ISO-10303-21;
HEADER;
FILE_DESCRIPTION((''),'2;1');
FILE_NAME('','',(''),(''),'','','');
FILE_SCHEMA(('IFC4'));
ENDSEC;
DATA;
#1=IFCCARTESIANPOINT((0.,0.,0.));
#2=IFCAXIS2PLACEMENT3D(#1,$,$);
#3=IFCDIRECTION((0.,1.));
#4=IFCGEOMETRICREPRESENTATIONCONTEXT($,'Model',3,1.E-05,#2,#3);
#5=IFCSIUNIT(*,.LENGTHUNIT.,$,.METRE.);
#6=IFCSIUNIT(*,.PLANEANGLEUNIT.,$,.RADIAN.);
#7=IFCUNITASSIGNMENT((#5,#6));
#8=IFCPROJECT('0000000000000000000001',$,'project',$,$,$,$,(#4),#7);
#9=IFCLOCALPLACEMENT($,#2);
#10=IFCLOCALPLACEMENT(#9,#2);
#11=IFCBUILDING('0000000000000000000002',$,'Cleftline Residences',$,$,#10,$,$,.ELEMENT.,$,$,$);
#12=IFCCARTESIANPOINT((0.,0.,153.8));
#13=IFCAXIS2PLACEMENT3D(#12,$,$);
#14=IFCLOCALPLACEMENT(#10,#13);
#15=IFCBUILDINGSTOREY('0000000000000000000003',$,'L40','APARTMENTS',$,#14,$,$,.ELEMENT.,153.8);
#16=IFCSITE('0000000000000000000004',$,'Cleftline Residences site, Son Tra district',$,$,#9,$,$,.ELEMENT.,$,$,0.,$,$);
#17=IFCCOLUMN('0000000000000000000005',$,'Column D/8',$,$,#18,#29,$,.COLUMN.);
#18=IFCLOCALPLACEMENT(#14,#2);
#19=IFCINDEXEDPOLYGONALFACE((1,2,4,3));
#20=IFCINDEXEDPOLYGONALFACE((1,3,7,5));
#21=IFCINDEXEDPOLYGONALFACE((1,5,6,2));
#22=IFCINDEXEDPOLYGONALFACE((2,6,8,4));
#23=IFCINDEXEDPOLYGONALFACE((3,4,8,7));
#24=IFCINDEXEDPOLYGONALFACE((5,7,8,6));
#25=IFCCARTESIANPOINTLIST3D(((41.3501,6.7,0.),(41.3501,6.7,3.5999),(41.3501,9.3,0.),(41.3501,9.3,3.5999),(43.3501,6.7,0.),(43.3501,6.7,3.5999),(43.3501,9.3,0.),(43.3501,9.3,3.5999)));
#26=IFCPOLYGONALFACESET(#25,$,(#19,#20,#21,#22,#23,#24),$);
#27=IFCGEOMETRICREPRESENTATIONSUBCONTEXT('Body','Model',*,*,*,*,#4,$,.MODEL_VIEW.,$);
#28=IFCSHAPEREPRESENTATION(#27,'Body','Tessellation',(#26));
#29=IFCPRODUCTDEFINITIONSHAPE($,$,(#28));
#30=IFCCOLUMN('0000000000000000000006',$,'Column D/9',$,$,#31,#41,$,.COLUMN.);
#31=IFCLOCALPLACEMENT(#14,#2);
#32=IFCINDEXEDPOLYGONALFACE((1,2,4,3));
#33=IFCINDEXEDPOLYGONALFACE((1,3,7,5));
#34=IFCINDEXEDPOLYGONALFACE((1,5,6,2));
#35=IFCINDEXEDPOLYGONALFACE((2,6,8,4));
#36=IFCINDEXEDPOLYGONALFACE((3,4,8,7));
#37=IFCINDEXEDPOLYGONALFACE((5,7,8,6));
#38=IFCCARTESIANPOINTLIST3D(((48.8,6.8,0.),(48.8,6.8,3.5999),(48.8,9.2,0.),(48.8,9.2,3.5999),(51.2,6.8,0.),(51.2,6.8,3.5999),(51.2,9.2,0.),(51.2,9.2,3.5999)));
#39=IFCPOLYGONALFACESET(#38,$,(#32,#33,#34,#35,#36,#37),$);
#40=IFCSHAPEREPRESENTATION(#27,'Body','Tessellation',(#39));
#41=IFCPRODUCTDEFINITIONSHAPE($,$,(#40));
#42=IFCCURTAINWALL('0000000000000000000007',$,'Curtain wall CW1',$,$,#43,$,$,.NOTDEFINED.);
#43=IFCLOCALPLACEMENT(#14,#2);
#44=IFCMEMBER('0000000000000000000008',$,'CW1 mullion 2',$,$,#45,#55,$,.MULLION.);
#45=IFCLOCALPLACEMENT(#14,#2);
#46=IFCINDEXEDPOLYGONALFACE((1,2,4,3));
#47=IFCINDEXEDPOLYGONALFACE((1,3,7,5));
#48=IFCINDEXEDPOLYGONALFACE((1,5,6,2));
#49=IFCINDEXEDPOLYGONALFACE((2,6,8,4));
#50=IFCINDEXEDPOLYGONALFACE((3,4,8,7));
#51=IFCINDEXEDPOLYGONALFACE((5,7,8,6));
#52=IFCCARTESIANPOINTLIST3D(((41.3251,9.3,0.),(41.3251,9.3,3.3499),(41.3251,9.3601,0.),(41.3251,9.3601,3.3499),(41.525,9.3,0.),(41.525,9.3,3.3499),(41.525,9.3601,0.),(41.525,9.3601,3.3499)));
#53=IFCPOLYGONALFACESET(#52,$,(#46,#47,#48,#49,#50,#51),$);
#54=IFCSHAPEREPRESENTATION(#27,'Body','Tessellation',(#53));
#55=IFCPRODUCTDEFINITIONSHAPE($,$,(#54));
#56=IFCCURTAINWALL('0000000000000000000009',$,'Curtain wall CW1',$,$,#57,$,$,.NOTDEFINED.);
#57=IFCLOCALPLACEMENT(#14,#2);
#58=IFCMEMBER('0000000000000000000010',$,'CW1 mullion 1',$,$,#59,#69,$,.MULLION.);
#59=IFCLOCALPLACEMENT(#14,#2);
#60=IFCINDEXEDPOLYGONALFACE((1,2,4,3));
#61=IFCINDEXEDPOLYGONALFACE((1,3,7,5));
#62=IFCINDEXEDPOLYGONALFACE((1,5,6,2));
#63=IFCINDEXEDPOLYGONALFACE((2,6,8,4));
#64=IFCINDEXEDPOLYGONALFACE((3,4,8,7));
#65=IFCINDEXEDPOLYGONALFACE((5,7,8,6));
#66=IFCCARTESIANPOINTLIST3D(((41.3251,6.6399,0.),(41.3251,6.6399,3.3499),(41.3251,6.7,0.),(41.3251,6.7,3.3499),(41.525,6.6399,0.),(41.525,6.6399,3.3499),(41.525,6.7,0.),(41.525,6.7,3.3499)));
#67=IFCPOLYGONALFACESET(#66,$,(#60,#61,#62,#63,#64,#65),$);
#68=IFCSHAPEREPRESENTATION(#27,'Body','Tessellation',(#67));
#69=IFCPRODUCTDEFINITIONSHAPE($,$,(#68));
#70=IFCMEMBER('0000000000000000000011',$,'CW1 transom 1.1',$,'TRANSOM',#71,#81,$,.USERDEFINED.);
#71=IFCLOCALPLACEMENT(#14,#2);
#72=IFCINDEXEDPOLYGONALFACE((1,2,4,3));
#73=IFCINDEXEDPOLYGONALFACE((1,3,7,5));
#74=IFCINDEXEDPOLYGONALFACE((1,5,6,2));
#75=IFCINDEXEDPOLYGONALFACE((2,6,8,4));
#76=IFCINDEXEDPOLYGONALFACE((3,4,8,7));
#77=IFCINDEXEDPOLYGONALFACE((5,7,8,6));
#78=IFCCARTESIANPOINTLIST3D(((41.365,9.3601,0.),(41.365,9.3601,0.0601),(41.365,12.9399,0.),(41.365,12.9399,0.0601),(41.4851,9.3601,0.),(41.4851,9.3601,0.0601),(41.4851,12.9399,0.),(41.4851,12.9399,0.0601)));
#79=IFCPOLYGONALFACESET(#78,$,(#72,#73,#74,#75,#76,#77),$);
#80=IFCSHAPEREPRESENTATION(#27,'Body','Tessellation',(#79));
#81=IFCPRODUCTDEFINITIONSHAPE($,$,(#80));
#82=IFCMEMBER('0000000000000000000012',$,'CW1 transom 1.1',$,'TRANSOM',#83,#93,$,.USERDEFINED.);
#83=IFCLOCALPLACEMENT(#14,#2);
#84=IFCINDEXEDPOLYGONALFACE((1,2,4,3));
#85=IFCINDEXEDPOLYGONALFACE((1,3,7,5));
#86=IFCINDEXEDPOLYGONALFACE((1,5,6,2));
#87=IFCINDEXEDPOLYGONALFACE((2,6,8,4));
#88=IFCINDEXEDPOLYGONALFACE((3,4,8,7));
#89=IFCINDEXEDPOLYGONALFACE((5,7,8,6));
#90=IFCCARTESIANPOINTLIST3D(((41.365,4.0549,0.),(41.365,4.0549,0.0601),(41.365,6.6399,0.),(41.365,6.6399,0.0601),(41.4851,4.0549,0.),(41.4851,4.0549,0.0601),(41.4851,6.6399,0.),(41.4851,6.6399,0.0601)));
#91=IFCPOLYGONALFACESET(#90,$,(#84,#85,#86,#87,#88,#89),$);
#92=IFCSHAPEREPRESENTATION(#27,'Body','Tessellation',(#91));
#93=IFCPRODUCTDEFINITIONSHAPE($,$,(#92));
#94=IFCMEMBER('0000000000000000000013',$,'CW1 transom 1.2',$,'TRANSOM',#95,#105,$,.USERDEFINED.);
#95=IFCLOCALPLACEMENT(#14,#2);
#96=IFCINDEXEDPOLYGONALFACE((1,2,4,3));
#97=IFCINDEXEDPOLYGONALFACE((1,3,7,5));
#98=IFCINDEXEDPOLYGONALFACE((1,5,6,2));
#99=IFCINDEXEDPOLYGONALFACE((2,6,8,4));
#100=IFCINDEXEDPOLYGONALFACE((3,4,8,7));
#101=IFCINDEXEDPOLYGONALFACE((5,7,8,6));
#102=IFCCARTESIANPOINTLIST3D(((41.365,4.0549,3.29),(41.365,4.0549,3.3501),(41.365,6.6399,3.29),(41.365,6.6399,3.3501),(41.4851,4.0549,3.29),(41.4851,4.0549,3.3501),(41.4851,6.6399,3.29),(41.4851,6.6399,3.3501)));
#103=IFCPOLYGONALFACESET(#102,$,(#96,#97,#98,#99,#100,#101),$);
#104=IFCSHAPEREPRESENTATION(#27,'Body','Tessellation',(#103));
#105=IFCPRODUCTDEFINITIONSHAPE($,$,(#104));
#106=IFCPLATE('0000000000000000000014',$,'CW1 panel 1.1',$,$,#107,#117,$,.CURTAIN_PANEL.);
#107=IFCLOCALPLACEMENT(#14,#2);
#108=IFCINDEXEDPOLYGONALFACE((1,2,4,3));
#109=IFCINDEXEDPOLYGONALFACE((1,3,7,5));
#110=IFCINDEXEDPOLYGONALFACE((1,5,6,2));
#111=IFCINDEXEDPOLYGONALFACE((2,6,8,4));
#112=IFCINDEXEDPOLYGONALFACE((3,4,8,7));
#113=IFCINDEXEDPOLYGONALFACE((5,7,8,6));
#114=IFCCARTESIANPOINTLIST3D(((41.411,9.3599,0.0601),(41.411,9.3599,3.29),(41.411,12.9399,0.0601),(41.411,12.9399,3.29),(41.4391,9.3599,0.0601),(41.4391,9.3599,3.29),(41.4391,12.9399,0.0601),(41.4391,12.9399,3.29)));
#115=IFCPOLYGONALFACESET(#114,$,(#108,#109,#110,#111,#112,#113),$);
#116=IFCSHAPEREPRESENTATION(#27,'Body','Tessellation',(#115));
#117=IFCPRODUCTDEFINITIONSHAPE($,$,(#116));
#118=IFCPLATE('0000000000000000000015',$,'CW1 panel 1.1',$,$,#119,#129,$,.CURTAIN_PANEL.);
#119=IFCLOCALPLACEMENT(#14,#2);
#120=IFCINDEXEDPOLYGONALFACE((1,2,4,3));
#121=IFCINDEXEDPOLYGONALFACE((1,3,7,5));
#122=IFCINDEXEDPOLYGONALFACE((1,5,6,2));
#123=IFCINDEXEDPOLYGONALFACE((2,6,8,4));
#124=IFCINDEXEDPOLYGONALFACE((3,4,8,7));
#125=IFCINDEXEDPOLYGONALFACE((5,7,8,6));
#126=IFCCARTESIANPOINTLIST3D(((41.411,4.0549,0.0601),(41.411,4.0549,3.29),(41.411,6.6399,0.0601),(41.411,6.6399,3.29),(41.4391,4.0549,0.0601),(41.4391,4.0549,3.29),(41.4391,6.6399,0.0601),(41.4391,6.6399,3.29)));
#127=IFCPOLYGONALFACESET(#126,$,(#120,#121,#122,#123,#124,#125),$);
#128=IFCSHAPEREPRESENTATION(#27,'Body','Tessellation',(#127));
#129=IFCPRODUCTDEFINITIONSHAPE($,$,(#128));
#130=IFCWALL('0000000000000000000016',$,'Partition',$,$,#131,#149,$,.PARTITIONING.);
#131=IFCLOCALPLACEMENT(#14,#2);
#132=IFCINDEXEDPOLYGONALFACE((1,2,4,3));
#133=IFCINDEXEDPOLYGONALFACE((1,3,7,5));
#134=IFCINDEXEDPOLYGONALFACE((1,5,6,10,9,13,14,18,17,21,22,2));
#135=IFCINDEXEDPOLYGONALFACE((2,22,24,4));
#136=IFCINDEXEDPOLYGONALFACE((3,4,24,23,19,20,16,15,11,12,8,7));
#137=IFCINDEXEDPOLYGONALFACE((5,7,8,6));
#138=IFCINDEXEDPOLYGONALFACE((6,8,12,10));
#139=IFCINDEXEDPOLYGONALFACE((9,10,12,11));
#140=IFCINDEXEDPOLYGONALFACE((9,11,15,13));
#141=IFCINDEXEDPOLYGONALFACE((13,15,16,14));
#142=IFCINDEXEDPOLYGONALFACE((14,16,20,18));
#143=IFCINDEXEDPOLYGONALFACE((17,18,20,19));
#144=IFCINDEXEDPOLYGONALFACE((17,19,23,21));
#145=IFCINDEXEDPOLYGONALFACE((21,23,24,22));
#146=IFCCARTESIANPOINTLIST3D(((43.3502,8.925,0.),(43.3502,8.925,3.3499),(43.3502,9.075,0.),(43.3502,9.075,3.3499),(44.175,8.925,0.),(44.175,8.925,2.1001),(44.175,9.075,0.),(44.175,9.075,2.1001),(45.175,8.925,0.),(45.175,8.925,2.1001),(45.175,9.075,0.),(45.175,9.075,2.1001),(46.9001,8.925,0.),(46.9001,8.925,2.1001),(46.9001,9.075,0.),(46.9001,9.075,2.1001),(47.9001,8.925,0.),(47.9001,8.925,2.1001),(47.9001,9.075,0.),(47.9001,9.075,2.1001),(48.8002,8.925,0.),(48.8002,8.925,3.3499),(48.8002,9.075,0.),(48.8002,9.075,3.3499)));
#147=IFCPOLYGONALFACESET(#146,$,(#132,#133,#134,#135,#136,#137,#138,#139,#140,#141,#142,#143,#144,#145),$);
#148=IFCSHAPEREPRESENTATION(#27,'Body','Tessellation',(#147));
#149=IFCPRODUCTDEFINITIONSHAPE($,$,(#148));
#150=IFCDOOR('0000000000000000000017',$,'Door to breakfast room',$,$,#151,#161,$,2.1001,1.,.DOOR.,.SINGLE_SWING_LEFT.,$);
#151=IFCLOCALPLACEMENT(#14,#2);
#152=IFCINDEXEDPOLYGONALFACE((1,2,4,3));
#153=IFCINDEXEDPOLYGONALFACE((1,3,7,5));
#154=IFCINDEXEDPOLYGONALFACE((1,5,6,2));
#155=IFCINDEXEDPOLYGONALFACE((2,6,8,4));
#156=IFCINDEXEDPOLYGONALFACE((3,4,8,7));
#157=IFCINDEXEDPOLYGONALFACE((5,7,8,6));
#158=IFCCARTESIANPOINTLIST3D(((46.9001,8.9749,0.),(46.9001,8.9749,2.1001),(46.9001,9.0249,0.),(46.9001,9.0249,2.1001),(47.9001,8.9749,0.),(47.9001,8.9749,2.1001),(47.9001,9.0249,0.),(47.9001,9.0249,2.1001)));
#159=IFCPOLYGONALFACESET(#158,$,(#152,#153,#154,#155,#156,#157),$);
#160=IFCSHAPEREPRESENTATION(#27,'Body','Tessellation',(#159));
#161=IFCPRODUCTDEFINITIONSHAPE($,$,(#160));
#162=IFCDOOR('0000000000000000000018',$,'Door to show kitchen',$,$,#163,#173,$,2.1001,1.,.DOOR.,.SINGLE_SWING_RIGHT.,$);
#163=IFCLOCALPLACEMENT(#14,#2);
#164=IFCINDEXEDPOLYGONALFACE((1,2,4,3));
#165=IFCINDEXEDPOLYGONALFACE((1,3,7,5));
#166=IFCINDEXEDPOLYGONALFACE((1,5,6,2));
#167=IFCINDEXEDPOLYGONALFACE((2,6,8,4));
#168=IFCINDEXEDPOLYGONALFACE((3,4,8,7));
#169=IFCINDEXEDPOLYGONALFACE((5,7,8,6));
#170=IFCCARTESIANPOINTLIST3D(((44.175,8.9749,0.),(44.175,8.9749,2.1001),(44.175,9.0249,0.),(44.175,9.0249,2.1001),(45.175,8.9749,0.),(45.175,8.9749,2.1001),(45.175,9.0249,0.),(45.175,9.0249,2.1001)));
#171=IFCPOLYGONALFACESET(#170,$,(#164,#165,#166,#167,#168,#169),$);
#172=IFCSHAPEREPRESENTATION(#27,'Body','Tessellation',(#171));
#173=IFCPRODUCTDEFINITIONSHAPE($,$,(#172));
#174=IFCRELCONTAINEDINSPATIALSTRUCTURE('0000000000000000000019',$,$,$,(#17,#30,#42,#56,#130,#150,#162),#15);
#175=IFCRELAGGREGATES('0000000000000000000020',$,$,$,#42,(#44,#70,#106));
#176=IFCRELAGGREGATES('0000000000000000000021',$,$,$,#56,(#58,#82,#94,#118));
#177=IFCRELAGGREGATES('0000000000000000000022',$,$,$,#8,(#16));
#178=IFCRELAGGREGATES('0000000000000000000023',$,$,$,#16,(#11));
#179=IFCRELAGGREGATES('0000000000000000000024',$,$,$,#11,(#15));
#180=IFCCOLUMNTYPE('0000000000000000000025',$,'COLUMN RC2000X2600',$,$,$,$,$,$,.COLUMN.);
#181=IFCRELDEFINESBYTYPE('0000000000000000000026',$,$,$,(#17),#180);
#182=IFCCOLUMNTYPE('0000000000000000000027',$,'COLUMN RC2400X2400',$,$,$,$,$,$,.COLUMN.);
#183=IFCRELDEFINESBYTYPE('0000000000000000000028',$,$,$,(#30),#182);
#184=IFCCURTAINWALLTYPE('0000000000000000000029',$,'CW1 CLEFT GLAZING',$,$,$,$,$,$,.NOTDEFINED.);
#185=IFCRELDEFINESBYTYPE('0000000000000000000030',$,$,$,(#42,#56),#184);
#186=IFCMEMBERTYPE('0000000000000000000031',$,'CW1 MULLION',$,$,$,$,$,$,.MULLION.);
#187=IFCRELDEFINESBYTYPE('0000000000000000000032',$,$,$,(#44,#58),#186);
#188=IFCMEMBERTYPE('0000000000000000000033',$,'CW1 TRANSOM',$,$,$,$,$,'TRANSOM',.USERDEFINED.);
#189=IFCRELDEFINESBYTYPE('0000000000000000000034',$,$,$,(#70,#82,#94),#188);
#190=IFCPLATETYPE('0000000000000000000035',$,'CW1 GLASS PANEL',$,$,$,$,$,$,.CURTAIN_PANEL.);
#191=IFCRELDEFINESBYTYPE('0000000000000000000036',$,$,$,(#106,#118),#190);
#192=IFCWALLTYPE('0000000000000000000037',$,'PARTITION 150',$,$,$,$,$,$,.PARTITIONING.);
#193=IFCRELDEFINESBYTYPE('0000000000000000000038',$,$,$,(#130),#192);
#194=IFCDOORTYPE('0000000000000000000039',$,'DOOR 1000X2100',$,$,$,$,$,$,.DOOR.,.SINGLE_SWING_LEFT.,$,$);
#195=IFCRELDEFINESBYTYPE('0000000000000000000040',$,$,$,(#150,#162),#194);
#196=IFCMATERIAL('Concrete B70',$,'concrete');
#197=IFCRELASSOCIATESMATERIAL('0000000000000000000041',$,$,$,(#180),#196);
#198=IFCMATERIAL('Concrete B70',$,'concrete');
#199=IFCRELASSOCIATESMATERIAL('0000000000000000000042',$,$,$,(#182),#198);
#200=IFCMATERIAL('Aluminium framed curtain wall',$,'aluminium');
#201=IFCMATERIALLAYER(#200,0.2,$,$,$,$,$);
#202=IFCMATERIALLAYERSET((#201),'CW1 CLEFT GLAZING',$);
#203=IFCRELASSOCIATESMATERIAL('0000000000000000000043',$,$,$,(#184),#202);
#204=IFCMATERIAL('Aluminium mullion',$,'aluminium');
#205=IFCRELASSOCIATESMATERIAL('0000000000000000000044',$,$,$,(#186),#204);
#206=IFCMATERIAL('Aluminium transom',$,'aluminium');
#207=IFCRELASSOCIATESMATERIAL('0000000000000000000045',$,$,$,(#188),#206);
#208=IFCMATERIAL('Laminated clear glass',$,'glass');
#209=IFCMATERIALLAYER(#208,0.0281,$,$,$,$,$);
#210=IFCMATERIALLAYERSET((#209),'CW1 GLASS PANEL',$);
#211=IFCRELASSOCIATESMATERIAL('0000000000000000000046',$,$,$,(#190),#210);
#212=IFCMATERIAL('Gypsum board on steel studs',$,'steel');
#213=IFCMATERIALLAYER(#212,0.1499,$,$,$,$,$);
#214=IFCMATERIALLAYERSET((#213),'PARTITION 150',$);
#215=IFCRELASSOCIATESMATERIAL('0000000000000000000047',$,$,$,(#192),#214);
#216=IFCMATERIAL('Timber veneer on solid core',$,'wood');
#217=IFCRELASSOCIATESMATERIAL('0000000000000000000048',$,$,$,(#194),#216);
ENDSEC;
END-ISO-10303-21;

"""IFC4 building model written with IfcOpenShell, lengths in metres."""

from ifc_helpers import new_model, si_unit, direction, frame, frame_2d, origin, origin_2d, place, context, subcontext, project, spatial, rectangle, extrude, material, layer, layer_set, material_profile, profile_set, type_object, element, fill, aggregate, save


model = new_model("IFC4")

# Units and contexts
model_context = context("Model", 3, precision=1e-05, world=origin(), true_north=direction((0.0, 1.0)))
body_context = subcontext(model_context, "Body", "Model", "MODEL_VIEW")
ifc_project = project(units=[si_unit("LENGTHUNIT", "METRE"), si_unit("PLANEANGLEUNIT", "RADIAN")], contexts=[model_context])

# Site, building, storey
site_placement = place(None, origin())
site = spatial("IfcSite", under=ifc_project, at=site_placement, Name="Cleftline Residences site, Son Tra district", CompositionType="ELEMENT", RefElevation=0.0)
building_placement = place(site_placement, origin())
building = spatial("IfcBuilding", under=site, at=building_placement, Name="Cleftline Residences", CompositionType="ELEMENT")
storey_placement = place(building_placement, frame((0.0, 0.0, 153.8)))
storey = spatial("IfcBuildingStorey", under=building, at=storey_placement, Name="L40", Description="APARTMENTS", CompositionType="ELEMENT", Elevation=153.8)

# Columns
ifc_material_1 = material(Name="Concrete B70", Category="concrete")
ifc_material_profile_1 = material_profile(ifc_material_1, rectangle(XDim=2.0, YDim=2.6001, at=origin_2d()))
ifc_profile_set_1 = profile_set([ifc_material_profile_1], Name="Concrete B70")
column_type_1 = type_object("IfcColumnType", Name="COLUMN RC2000X2600", PredefinedType="COLUMN", material=ifc_profile_set_1)
column_1_placement = place(storey_placement, frame((42.3501, 8.0, 0.0), z_axis=(0.0, 0.0, 1.0), x_axis=(1.0, 0.0, 0.0)))
element("IfcColumn", 1, at=column_1_placement, inside=storey, type_object=column_type_1, Name="Column D/8", PredefinedType="COLUMN", context=body_context, shape_type="SweptSolid", body=[
    extrude(rectangle(XDim=2.0, YDim=2.6001, at=origin_2d()), origin(), (0.0, 0.0, 1.0), 3.5999),
])
ifc_material_2 = material(Name="Concrete B70", Category="concrete")
ifc_material_profile_2 = material_profile(ifc_material_2, rectangle(XDim=2.3999, YDim=2.3999, at=origin_2d()))
ifc_profile_set_2 = profile_set([ifc_material_profile_2], Name="Concrete B70")
column_type_2 = type_object("IfcColumnType", Name="COLUMN RC2400X2400", PredefinedType="COLUMN", material=ifc_profile_set_2)
column_2_placement = place(storey_placement, frame((50.0, 8.0, 0.0), z_axis=(0.0, 0.0, 1.0), x_axis=(1.0, 0.0, 0.0)))
element("IfcColumn", 2, at=column_2_placement, inside=storey, type_object=column_type_2, Name="Column D/9", PredefinedType="COLUMN", context=body_context, shape_type="SweptSolid", body=[
    extrude(rectangle(XDim=2.3999, YDim=2.3999, at=origin_2d()), origin(), (0.0, 0.0, 1.0), 3.5999),
])

# Curtain walls, members
ifc_material_3 = material(Name="Aluminium framed curtain wall", Category="aluminium")
ifc_layer_1 = layer(ifc_material_3, 0.2)
ifc_layer_set_1 = layer_set([ifc_layer_1], Name="CW1 CLEFT GLAZING")
curtain_wall_type = type_object("IfcCurtainWallType", Name="CW1 CLEFT GLAZING", PredefinedType="NOTDEFINED", material=ifc_layer_set_1)
curtain_wall_1_placement = place(storey_placement, origin())
curtain_wall_1 = element("IfcCurtainWall", 3, at=curtain_wall_1_placement, inside=storey, type_object=curtain_wall_type, Name="Curtain wall CW1", PredefinedType="NOTDEFINED")
ifc_material_4 = material(Name="Aluminium mullion", Category="aluminium")
ifc_material_profile_3 = material_profile(ifc_material_4, rectangle(XDim=0.2, YDim=0.0601, at=origin_2d()))
ifc_profile_set_3 = profile_set([ifc_material_profile_3], Name="Aluminium mullion")
member_type_1 = type_object("IfcMemberType", Name="CW1 MULLION", PredefinedType="MULLION", material=ifc_profile_set_3)
member_1_placement = place(storey_placement, frame((41.425, 9.3301, 0.0), z_axis=(0.0, 0.0, 1.0), x_axis=(1.0, 0.0, 0.0)))
member_1 = element("IfcMember", 4, at=member_1_placement, type_object=member_type_1, Name="CW1 mullion 2", PredefinedType="MULLION", context=body_context, shape_type="SweptSolid", body=[
    extrude(rectangle(XDim=0.2, YDim=0.0601, at=origin_2d()), origin(), (0.0, 0.0, 1.0), 3.3499),
])
curtain_wall_2_placement = place(storey_placement, origin())
curtain_wall_2 = element("IfcCurtainWall", 5, at=curtain_wall_2_placement, inside=storey, type_object=curtain_wall_type, Name="Curtain wall CW1", PredefinedType="NOTDEFINED")
member_2_placement = place(storey_placement, frame((41.425, 6.6699, 0.0), z_axis=(0.0, 0.0, 1.0), x_axis=(1.0, 0.0, 0.0)))
member_2 = element("IfcMember", 6, at=member_2_placement, type_object=member_type_1, Name="CW1 mullion 1", PredefinedType="MULLION", context=body_context, shape_type="SweptSolid", body=[
    extrude(rectangle(XDim=0.2, YDim=0.0601, at=origin_2d()), origin(), (0.0, 0.0, 1.0), 3.3499),
])

# Members
ifc_material_5 = material(Name="Aluminium transom", Category="aluminium")
ifc_material_profile_4 = material_profile(ifc_material_5, rectangle(XDim=0.1201, YDim=0.0601, at=origin_2d()))
ifc_profile_set_4 = profile_set([ifc_material_profile_4], Name="Aluminium transom")
member_type_2 = type_object("IfcMemberType", Name="CW1 TRANSOM", ElementType="TRANSOM", PredefinedType="USERDEFINED", material=ifc_profile_set_4)
member_3_placement = place(storey_placement, frame((41.425, 12.9399, 0.03), z_axis=(0.0, -1.0, 0.0), x_axis=(1.0, 0.0, 0.0)))
member_3 = element("IfcMember", 7, at=member_3_placement, type_object=member_type_2, Name="CW1 transom 1.1", ObjectType="TRANSOM", PredefinedType="USERDEFINED", context=body_context, shape_type="SweptSolid", body=[
    extrude(rectangle(XDim=0.1201, YDim=0.0601, at=origin_2d()), origin(), (0.0, 0.0, 1.0), 3.5798),
])
member_4_placement = place(storey_placement, frame((41.425, 6.6399, 0.03), z_axis=(0.0, -1.0, 0.0), x_axis=(1.0, 0.0, 0.0)))
member_4 = element("IfcMember", 8, at=member_4_placement, type_object=member_type_2, Name="CW1 transom 1.1", ObjectType="TRANSOM", PredefinedType="USERDEFINED", context=body_context, shape_type="SweptSolid", body=[
    extrude(rectangle(XDim=0.1201, YDim=0.0601, at=origin_2d()), origin(), (0.0, 0.0, 1.0), 2.585),
])
member_5_placement = place(storey_placement, frame((41.425, 6.6399, 3.3201), z_axis=(0.0, -1.0, 0.0), x_axis=(1.0, 0.0, 0.0)))
member_5 = element("IfcMember", 9, at=member_5_placement, type_object=member_type_2, Name="CW1 transom 1.2", ObjectType="TRANSOM", PredefinedType="USERDEFINED", context=body_context, shape_type="SweptSolid", body=[
    extrude(rectangle(XDim=0.1201, YDim=0.0601, at=origin_2d()), origin(), (0.0, 0.0, 1.0), 2.585),
])

# Plates
ifc_material_6 = material(Name="Laminated clear glass", Category="glass")
ifc_layer_2 = layer(ifc_material_6, 0.0281)
ifc_layer_set_2 = layer_set([ifc_layer_2], Name="CW1 GLASS PANEL")
plate_type = type_object("IfcPlateType", Name="CW1 GLASS PANEL", PredefinedType="CURTAIN_PANEL", material=ifc_layer_set_2)
plate_1_placement = place(storey_placement, frame((41.425, 11.1499, 0.0601), z_axis=(0.0, 0.0, 1.0), x_axis=(0.0, -1.0, 0.0)))
plate_1 = element("IfcPlate", 10, at=plate_1_placement, type_object=plate_type, Name="CW1 panel 1.1", PredefinedType="CURTAIN_PANEL", context=body_context, shape_type="SweptSolid", body=[
    extrude(rectangle(XDim=3.5801, YDim=0.0281, at=origin_2d()), origin(), (0.0, 0.0, 1.0), 3.23),
])
aggregate(curtain_wall_1, [member_1, member_3, plate_1])
plate_2_placement = place(storey_placement, frame((41.425, 5.3474, 0.0601), z_axis=(0.0, 0.0, 1.0), x_axis=(0.0, -1.0, 0.0)))
plate_2 = element("IfcPlate", 11, at=plate_2_placement, type_object=plate_type, Name="CW1 panel 1.1", PredefinedType="CURTAIN_PANEL", context=body_context, shape_type="SweptSolid", body=[
    extrude(rectangle(XDim=2.585, YDim=0.0281, at=origin_2d()), origin(), (0.0, 0.0, 1.0), 3.23),
])
aggregate(curtain_wall_2, [member_2, member_4, member_5, plate_2])

# Wall, openings, doors
ifc_material_7 = material(Name="Gypsum board on steel studs", Category="steel")
ifc_layer_3 = layer(ifc_material_7, 0.1499)
ifc_layer_set_3 = layer_set([ifc_layer_3], Name="PARTITION 150")
wall_type = type_object("IfcWallType", Name="PARTITION 150", PredefinedType="PARTITIONING", material=ifc_layer_set_3)
wall_1_placement = place(storey_placement, frame((43.3501, 9.0, 0.0), z_axis=(0.0, 0.0, 1.0), x_axis=(1.0, 0.0, 0.0)))
wall_1 = element("IfcWall", 12, at=wall_1_placement, inside=storey, type_object=wall_type, Name="Partition", PredefinedType="PARTITIONING", context=body_context, shape_type="SweptSolid", body=[
    extrude(rectangle(XDim=5.45, YDim=0.1499, at=frame_2d((2.7251, 0.0))), origin(), (0.0, 0.0, 1.0), 3.3499),
])
opening_1_placement = place(wall_1_placement, frame((3.55, 0.0, 0.0)))
opening_1 = element("IfcOpeningElement", 13, at=opening_1_placement, cuts=wall_1, PredefinedType="OPENING", context=body_context, shape_type="SweptSolid", body=[
    extrude(rectangle(XDim=1.0, YDim=2.1001, at=frame_2d((0.5, 1.05))), frame((0.0, 0.085, 0.0), z_axis=(0.0, -1.0, 0.0), x_axis=(1.0, 0.0, 0.0)), (0.0, 0.0, 1.0), 0.1699),
])
opening_2_placement = place(wall_1_placement, frame((0.825, 0.0, 0.0)))
opening_2 = element("IfcOpeningElement", 14, at=opening_2_placement, cuts=wall_1, PredefinedType="OPENING", context=body_context, shape_type="SweptSolid", body=[
    extrude(rectangle(XDim=1.0, YDim=2.1001, at=frame_2d((0.5, 1.05))), frame((0.0, 0.085, 0.0), z_axis=(0.0, -1.0, 0.0), x_axis=(1.0, 0.0, 0.0)), (0.0, 0.0, 1.0), 0.1699),
])
ifc_material_8 = material(Name="Timber veneer on solid core", Category="wood")
door_type_1 = type_object("IfcDoorType", Name="DOOR 1000X2100", OperationType="SINGLE_SWING_LEFT", PredefinedType="DOOR", material=ifc_material_8)
door_1_placement = place(opening_1_placement, origin())
door_1 = element("IfcDoor", 15, at=door_1_placement, inside=storey, type_object=door_type_1, Name="Door to breakfast room", OperationType="SINGLE_SWING_LEFT", OverallHeight=2.1001, OverallWidth=1.0, PredefinedType="DOOR", context=body_context, shape_type="SweptSolid", body=[
    extrude(rectangle(XDim=1.0, YDim=2.1001, at=frame_2d((0.5, 1.05))), frame((0.0, 0.0249, 0.0), z_axis=(0.0, -1.0, 0.0), x_axis=(1.0, 0.0, 0.0)), (0.0, 0.0, 1.0), 0.05),
])
fill(opening_1, door_1)
door_2_placement = place(opening_2_placement, origin())
door_2 = element("IfcDoor", 16, at=door_2_placement, inside=storey, type_object=door_type_1, Name="Door to show kitchen", OperationType="SINGLE_SWING_RIGHT", OverallHeight=2.1001, OverallWidth=1.0, PredefinedType="DOOR", context=body_context, shape_type="SweptSolid", body=[
    extrude(rectangle(XDim=1.0, YDim=2.1001, at=frame_2d((0.5, 1.05))), frame((0.0, 0.0249, 0.0), z_axis=(0.0, -1.0, 0.0), x_axis=(1.0, 0.0, 0.0)), (0.0, 0.0, 1.0), 0.05),
])
fill(opening_2, door_2)

save(model, "model.ifc")
